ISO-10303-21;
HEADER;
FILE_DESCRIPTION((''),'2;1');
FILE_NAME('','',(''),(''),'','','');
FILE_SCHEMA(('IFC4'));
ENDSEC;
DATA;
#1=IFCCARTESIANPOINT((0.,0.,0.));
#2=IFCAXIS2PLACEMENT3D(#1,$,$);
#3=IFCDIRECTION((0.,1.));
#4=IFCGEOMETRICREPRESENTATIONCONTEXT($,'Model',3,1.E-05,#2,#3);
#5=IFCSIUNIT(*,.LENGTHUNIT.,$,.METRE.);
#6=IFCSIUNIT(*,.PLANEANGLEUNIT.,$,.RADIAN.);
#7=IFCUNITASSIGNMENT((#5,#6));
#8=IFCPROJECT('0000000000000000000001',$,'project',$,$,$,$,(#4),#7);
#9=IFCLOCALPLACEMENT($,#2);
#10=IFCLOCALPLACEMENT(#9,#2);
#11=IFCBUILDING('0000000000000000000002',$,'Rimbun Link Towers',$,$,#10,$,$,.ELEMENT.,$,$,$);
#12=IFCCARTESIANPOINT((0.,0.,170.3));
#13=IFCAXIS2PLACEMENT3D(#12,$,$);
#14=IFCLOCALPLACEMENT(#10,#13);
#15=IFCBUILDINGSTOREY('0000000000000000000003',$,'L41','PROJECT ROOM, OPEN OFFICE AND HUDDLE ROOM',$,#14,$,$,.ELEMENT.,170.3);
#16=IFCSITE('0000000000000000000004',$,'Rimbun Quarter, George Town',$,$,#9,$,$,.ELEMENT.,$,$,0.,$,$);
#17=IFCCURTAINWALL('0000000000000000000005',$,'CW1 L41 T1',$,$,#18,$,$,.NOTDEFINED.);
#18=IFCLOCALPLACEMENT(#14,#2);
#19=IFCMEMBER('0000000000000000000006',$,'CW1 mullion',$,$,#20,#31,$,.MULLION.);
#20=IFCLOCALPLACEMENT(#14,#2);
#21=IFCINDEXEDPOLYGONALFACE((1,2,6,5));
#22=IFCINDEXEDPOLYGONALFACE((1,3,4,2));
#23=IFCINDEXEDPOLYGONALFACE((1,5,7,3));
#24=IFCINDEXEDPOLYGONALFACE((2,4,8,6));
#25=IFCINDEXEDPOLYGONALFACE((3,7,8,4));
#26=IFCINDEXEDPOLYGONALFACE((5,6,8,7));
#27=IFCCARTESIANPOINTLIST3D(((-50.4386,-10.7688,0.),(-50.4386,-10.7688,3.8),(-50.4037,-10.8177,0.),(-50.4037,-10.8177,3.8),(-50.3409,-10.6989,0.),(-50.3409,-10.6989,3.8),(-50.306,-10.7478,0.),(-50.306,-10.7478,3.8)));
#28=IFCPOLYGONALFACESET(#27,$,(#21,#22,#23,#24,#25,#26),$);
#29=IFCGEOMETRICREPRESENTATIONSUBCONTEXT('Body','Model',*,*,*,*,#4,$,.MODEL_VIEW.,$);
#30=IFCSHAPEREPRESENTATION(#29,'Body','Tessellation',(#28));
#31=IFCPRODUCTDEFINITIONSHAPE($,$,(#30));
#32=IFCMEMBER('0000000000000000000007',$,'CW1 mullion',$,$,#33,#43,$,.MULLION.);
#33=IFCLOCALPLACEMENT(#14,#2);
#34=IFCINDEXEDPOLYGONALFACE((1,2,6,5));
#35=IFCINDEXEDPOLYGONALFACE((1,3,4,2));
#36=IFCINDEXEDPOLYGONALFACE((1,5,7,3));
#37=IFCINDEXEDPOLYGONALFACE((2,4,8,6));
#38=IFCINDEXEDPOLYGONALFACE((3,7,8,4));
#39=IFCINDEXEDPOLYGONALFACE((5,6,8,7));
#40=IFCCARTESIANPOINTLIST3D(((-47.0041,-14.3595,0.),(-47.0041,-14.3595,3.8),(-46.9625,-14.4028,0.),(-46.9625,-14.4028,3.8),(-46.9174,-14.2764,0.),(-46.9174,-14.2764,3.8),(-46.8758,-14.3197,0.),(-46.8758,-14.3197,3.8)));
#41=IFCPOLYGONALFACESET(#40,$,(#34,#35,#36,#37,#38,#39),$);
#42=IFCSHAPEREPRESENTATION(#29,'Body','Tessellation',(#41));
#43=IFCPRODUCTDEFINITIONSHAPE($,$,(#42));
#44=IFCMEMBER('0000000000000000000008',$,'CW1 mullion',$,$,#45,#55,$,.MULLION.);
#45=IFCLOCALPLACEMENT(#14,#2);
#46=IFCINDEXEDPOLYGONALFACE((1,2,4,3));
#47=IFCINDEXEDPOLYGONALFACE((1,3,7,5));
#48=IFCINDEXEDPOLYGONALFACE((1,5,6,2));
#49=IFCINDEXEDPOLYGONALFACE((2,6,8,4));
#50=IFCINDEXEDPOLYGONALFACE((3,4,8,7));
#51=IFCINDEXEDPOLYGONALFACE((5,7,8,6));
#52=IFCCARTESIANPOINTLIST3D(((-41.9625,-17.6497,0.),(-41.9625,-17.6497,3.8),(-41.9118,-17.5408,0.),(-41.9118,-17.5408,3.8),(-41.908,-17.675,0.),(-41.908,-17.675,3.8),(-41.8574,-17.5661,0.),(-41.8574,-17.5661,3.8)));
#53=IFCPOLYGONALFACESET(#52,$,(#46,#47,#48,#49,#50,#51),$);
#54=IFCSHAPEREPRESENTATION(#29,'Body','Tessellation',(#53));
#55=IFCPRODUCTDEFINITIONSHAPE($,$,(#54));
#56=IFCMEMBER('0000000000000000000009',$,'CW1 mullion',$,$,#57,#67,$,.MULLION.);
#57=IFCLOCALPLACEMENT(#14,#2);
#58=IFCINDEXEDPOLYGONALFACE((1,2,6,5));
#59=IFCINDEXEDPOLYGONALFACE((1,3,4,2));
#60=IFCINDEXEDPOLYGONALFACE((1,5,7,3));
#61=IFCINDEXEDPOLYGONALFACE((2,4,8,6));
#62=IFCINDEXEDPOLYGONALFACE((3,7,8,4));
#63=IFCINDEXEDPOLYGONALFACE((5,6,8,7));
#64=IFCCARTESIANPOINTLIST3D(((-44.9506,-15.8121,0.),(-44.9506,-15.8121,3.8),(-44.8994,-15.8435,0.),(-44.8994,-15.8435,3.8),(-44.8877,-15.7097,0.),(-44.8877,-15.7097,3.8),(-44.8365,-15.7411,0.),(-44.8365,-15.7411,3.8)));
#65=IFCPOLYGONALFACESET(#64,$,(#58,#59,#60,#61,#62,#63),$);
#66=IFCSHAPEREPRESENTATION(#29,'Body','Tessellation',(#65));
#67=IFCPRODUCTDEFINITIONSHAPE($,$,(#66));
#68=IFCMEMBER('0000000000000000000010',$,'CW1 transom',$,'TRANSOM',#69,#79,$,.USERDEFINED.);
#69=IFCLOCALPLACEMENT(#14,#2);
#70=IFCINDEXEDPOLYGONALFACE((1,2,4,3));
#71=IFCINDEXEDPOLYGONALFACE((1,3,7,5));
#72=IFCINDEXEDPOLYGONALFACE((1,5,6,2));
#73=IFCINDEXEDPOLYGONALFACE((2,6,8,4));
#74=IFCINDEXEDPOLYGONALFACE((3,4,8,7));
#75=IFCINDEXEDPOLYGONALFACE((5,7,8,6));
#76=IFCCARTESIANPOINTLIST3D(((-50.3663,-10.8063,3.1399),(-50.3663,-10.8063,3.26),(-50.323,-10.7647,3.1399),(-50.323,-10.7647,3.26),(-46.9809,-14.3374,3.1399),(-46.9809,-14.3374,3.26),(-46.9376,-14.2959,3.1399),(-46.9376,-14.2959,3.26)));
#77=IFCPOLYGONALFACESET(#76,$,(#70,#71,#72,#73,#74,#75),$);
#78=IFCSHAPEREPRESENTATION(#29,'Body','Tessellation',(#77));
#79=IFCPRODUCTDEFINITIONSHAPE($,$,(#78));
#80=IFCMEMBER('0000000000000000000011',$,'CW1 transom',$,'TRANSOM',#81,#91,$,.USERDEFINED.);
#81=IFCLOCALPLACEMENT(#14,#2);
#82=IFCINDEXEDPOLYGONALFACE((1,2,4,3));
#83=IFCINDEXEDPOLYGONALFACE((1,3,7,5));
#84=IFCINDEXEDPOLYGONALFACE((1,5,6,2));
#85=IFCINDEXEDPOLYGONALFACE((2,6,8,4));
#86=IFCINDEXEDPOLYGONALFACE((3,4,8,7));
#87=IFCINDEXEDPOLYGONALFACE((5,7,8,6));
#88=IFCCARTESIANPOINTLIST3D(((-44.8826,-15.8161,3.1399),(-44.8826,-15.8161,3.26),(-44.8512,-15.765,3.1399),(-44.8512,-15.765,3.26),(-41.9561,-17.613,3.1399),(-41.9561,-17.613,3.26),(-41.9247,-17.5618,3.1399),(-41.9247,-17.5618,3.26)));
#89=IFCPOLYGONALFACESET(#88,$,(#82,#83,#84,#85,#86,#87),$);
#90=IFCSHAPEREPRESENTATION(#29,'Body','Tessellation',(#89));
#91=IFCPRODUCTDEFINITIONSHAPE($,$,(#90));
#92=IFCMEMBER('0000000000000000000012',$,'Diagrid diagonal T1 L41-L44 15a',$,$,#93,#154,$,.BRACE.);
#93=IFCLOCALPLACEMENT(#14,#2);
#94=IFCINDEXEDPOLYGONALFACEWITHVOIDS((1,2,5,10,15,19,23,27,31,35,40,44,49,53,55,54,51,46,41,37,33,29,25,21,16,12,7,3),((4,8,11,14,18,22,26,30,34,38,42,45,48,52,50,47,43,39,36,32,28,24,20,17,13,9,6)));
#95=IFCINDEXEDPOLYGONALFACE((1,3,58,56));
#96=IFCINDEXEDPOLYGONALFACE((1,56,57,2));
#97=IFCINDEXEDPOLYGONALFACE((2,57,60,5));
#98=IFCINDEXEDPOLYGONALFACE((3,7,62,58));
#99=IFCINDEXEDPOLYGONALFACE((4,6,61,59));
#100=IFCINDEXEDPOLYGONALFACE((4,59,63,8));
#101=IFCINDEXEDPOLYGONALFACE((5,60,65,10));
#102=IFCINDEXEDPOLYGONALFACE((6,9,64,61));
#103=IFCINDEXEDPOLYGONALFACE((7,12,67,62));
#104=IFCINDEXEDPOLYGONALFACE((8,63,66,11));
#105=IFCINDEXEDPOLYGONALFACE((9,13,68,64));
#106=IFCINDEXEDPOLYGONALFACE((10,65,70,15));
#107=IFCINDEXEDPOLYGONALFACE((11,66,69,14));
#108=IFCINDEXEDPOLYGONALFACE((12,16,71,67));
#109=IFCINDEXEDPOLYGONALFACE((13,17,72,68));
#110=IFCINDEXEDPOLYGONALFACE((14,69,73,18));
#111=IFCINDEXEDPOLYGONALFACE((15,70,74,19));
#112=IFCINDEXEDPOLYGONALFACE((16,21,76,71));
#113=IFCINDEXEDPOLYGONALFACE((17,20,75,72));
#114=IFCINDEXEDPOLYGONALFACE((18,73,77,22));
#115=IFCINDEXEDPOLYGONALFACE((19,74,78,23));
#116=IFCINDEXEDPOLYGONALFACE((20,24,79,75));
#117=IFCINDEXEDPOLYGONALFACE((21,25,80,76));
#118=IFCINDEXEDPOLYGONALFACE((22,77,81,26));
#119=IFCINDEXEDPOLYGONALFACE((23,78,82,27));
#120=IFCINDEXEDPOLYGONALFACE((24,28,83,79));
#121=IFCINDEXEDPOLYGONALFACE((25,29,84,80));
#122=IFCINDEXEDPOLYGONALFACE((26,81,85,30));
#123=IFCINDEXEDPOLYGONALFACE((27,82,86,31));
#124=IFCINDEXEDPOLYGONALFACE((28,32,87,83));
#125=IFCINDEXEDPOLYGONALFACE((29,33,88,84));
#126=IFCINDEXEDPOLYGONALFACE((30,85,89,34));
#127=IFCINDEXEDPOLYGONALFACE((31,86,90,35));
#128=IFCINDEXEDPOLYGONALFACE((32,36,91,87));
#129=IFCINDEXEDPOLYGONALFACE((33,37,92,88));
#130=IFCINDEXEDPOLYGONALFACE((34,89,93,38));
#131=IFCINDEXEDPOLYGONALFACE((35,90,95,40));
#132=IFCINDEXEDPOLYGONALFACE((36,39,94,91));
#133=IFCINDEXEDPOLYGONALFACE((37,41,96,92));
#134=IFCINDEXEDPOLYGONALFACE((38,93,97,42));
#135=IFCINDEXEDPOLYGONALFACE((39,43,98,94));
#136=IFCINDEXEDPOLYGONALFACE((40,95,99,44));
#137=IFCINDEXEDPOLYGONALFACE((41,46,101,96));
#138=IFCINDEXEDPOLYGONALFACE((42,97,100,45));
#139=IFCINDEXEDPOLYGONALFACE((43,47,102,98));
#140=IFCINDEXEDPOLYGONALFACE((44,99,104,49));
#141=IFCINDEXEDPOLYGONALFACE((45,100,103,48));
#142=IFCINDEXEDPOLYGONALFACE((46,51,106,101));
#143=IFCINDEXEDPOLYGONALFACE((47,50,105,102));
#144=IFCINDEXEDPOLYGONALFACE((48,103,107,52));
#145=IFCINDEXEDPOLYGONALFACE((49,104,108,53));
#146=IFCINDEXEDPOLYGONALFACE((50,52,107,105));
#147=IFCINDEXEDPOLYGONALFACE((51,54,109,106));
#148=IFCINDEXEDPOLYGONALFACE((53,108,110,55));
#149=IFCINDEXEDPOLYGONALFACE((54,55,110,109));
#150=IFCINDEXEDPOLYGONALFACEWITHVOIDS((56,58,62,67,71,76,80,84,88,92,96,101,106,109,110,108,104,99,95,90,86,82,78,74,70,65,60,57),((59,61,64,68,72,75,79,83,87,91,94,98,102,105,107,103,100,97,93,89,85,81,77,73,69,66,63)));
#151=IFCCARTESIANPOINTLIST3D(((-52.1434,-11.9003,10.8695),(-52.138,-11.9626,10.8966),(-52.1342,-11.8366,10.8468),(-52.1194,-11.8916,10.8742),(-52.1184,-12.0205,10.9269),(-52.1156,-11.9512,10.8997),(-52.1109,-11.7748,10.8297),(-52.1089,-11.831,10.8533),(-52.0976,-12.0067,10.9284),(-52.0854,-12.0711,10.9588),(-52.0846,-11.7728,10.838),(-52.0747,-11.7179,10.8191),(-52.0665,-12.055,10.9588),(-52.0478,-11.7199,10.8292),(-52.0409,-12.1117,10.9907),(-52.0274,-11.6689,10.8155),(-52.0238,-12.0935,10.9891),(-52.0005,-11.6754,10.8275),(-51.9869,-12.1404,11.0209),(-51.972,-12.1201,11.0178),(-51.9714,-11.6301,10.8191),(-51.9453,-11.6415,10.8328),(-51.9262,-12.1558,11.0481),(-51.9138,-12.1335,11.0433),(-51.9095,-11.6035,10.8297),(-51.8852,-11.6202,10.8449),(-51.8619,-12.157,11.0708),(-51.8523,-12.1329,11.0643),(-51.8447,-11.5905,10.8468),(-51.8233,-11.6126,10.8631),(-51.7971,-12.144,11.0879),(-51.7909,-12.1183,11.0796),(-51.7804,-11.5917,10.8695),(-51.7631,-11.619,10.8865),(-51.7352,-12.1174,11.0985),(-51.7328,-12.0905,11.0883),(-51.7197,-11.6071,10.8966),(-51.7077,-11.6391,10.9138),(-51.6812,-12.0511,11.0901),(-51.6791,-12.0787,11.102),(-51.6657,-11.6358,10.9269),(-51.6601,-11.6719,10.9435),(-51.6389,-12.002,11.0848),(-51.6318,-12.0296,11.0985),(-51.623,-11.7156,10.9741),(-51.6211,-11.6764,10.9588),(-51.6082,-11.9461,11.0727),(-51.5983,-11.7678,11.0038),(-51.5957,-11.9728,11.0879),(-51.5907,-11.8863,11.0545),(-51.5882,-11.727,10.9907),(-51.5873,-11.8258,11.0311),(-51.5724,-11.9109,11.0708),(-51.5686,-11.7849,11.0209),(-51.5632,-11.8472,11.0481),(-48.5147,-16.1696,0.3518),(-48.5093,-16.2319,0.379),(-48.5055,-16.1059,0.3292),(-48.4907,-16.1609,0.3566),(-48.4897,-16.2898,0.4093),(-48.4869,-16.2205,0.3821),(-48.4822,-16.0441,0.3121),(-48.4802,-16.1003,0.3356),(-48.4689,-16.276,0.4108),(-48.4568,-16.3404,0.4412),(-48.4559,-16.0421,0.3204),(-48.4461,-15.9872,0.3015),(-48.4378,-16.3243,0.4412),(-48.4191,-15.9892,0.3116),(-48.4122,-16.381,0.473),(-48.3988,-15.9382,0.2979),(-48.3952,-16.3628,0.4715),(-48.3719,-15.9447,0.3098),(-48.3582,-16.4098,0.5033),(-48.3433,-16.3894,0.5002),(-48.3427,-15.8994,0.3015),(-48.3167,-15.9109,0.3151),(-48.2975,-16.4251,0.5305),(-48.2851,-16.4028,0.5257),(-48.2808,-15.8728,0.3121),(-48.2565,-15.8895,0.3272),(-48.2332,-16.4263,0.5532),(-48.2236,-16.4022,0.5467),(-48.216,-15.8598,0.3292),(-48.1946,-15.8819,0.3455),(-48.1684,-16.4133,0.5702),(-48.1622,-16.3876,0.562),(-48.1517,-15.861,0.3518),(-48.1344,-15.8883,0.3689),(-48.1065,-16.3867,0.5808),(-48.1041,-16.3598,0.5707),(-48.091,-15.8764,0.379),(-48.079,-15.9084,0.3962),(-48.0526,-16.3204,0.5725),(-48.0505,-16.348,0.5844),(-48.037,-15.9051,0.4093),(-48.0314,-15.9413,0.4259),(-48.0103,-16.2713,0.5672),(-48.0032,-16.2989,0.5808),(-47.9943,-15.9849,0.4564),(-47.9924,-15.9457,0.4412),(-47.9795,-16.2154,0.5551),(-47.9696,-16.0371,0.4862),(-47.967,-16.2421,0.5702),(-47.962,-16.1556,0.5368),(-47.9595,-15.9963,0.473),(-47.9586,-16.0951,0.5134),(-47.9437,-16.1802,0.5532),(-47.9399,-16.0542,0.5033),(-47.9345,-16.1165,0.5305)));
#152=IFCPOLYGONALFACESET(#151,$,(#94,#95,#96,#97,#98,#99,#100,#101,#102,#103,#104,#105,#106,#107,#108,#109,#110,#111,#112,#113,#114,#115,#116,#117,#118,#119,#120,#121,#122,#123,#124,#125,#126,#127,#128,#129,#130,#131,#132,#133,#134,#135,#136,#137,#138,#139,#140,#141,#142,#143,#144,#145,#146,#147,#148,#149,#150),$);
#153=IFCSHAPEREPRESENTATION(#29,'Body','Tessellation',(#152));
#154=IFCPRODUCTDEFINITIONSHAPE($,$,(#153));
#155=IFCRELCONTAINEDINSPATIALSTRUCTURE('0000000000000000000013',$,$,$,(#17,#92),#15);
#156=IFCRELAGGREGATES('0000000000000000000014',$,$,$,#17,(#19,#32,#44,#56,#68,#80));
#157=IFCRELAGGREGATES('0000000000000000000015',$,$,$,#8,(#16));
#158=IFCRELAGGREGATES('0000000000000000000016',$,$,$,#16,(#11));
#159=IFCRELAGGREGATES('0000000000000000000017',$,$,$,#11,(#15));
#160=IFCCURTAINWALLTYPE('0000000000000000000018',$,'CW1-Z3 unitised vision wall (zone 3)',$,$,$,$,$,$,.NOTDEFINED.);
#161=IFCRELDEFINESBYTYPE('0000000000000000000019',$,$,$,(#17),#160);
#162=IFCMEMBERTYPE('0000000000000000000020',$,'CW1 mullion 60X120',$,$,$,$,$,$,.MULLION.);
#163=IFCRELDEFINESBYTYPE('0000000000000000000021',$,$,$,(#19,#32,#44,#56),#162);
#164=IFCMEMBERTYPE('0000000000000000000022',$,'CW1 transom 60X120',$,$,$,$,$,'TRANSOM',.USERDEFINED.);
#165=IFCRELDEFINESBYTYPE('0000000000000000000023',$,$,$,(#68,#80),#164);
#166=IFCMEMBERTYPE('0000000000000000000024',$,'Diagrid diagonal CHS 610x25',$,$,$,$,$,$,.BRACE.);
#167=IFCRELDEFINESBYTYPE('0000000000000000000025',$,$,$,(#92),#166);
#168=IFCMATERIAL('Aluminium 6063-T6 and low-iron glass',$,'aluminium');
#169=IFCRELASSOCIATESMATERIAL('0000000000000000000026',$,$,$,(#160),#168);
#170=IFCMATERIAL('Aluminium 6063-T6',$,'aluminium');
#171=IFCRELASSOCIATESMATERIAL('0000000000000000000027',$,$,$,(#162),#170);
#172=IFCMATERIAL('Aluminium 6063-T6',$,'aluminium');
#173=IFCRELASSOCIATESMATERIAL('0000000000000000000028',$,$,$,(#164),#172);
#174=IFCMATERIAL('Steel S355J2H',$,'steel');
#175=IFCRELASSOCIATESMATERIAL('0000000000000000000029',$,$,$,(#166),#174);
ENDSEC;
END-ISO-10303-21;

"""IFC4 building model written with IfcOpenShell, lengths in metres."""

from ifc_helpers import new_model, si_unit, direction, frame, origin, origin_2d, place, context, subcontext, project, spatial, rectangle, hollow_circle, extrude, material, material_profile, profile_set, type_object, element, aggregate, save


model = new_model("IFC4")

# Units and contexts
model_context = context("Model", 3, precision=1e-05, world=origin(), true_north=direction((0.0, 1.0)))
body_context = subcontext(model_context, "Body", "Model", "MODEL_VIEW")
ifc_project = project(units=[si_unit("LENGTHUNIT", "METRE"), si_unit("PLANEANGLEUNIT", "RADIAN")], contexts=[model_context])

# Site, building, storey
site_placement = place(None, origin())
site = spatial("IfcSite", under=ifc_project, at=site_placement, Name="Rimbun Quarter, George Town", CompositionType="ELEMENT", RefElevation=0.0)
building_placement = place(site_placement, origin())
building = spatial("IfcBuilding", under=site, at=building_placement, Name="Rimbun Link Towers", CompositionType="ELEMENT")
storey_placement = place(building_placement, frame((0.0, 0.0, 170.3)))
storey = spatial("IfcBuildingStorey", under=building, at=storey_placement, Name="L41", Description="PROJECT ROOM, OPEN OFFICE AND HUDDLE ROOM", CompositionType="ELEMENT", Elevation=170.3)

# Curtain wall, members
ifc_material_1 = material(Name="Aluminium 6063-T6 and low-iron glass", Category="aluminium")
curtain_wall_type = type_object("IfcCurtainWallType", Name="CW1-Z3 unitised vision wall (zone 3)", PredefinedType="NOTDEFINED", material=ifc_material_1)
curtain_wall_placement = place(storey_placement, origin())
curtain_wall = element("IfcCurtainWall", 1, at=curtain_wall_placement, inside=storey, type_object=curtain_wall_type, Name="CW1 L41 T1", PredefinedType="NOTDEFINED")
ifc_material_2 = material(Name="Aluminium 6063-T6", Category="aluminium")
ifc_material_profile_1 = material_profile(ifc_material_2, rectangle(XDim=0.1201, YDim=0.0601, at=origin_2d()), Name="MULLION 60X120")
ifc_profile_set_1 = profile_set([ifc_material_profile_1], Name="Aluminium 6063-T6")
member_type_1 = type_object("IfcMemberType", Name="CW1 mullion 60X120", PredefinedType="MULLION", material=ifc_profile_set_1)
member_1_placement = place(storey_placement, frame((-50.3723, -10.7583, 0.0), z_axis=(0.0, 0.0, 1.0), x_axis=(-0.81335, -0.581775, 0.0)))
member_1 = element("IfcMember", 2, at=member_1_placement, type_object=member_type_1, Name="CW1 mullion", PredefinedType="MULLION", context=body_context, shape_type="SweptSolid", body=[
    extrude(rectangle(XDim=0.1201, YDim=0.0601, at=origin_2d()), origin(), (0.0, 0.0, 1.0), 3.8),
])
member_2_placement = place(storey_placement, frame((-46.9399, -14.3396, 0.0), z_axis=(0.0, 0.0, 1.0), x_axis=(-0.721854, -0.692045, 0.0)))
member_2 = element("IfcMember", 3, at=member_2_placement, type_object=member_type_1, Name="CW1 mullion", PredefinedType="MULLION", context=body_context, shape_type="SweptSolid", body=[
    extrude(rectangle(XDim=0.1201, YDim=0.0601, at=origin_2d()), origin(), (0.0, 0.0, 1.0), 3.8),
])
member_3_placement = place(storey_placement, frame((-41.9099, -17.6079, 0.0), z_axis=(0.0, 0.0, 1.0), x_axis=(-0.421697, -0.906737, 0.0)))
member_3 = element("IfcMember", 4, at=member_3_placement, type_object=member_type_1, Name="CW1 mullion", PredefinedType="MULLION", context=body_context, shape_type="SweptSolid", body=[
    extrude(rectangle(XDim=0.1201, YDim=0.0601, at=origin_2d()), origin(), (0.0, 0.0, 1.0), 3.8),
])
member_4_placement = place(storey_placement, frame((-44.8936, -15.7766, 0.0), z_axis=(0.0, 0.0, 1.0), x_axis=(-0.523231, -0.852191, 0.0)))
member_4 = element("IfcMember", 5, at=member_4_placement, type_object=member_type_1, Name="CW1 mullion", PredefinedType="MULLION", context=body_context, shape_type="SweptSolid", body=[
    extrude(rectangle(XDim=0.1201, YDim=0.0601, at=origin_2d()), origin(), (0.0, 0.0, 1.0), 3.8),
])
ifc_material_3 = material(Name="Aluminium 6063-T6", Category="aluminium")
ifc_material_profile_2 = material_profile(ifc_material_3, rectangle(XDim=0.0601, YDim=0.1201, at=origin_2d()), Name="TRANSOM 60X120")
ifc_profile_set_2 = profile_set([ifc_material_profile_2], Name="Aluminium 6063-T6")
member_type_2 = type_object("IfcMemberType", Name="CW1 transom 60X120", ElementType="TRANSOM", PredefinedType="USERDEFINED", material=ifc_profile_set_2)
member_5_placement = place(storey_placement, frame((-46.9592, -14.3167, 3.2), z_axis=(-0.692053, 0.721847, 0.0), x_axis=(-0.721847, -0.692053, 0.0)))
member_5 = element("IfcMember", 6, at=member_5_placement, type_object=member_type_2, Name="CW1 transom", ObjectType="TRANSOM", PredefinedType="USERDEFINED", context=body_context, shape_type="SweptSolid", body=[
    extrude(rectangle(XDim=0.0601, YDim=0.1201, at=origin_2d()), origin(), (0.0, 0.0, 1.0), 4.8918),
])
member_6_placement = place(storey_placement, frame((-41.9404, -17.5874, 3.2), z_axis=(-0.852185, 0.52324, 0.0), x_axis=(-0.52324, -0.852185, 0.0)))
member_6 = element("IfcMember", 7, at=member_6_placement, type_object=member_type_2, Name="CW1 transom", ObjectType="TRANSOM", PredefinedType="USERDEFINED", context=body_context, shape_type="SweptSolid", body=[
    extrude(rectangle(XDim=0.0601, YDim=0.1201, at=origin_2d()), origin(), (0.0, 0.0, 1.0), 3.4341),
])

# Member
ifc_material_4 = material(Name="Steel S355J2H", Category="steel")
ifc_material_profile_3 = material_profile(ifc_material_4, hollow_circle(Radius=0.3047, WallThickness=0.0249, at=origin_2d()), Name="Diagrid diagonal CHS 610x25")
ifc_profile_set_3 = profile_set([ifc_material_profile_3], Name="Steel S355J2H")
member_type_3 = type_object("IfcMemberType", Name="Diagrid diagonal CHS 610x25", PredefinedType="BRACE", material=ifc_profile_set_3)
member_7_placement = place(storey_placement, frame((-48.2246, -16.1431, 0.4412), z_axis=(-0.304496, 0.358254, 0.882574), x_axis=(-0.76196, -0.647624, 0.0)))
element("IfcMember", 8, at=member_7_placement, inside=storey, type_object=member_type_3, Name="Diagrid diagonal T1 L41-L44 15a", PredefinedType="BRACE", context=body_context, shape_type="SweptSolid", body=[
    extrude(hollow_circle(Radius=0.3047, WallThickness=0.0249, at=origin_2d()), origin(), (0.0, 0.0, 1.0), 11.917),
])

aggregate(curtain_wall, [member_1, member_2, member_3, member_4, member_5, member_6])

save(model, "model.ifc")
